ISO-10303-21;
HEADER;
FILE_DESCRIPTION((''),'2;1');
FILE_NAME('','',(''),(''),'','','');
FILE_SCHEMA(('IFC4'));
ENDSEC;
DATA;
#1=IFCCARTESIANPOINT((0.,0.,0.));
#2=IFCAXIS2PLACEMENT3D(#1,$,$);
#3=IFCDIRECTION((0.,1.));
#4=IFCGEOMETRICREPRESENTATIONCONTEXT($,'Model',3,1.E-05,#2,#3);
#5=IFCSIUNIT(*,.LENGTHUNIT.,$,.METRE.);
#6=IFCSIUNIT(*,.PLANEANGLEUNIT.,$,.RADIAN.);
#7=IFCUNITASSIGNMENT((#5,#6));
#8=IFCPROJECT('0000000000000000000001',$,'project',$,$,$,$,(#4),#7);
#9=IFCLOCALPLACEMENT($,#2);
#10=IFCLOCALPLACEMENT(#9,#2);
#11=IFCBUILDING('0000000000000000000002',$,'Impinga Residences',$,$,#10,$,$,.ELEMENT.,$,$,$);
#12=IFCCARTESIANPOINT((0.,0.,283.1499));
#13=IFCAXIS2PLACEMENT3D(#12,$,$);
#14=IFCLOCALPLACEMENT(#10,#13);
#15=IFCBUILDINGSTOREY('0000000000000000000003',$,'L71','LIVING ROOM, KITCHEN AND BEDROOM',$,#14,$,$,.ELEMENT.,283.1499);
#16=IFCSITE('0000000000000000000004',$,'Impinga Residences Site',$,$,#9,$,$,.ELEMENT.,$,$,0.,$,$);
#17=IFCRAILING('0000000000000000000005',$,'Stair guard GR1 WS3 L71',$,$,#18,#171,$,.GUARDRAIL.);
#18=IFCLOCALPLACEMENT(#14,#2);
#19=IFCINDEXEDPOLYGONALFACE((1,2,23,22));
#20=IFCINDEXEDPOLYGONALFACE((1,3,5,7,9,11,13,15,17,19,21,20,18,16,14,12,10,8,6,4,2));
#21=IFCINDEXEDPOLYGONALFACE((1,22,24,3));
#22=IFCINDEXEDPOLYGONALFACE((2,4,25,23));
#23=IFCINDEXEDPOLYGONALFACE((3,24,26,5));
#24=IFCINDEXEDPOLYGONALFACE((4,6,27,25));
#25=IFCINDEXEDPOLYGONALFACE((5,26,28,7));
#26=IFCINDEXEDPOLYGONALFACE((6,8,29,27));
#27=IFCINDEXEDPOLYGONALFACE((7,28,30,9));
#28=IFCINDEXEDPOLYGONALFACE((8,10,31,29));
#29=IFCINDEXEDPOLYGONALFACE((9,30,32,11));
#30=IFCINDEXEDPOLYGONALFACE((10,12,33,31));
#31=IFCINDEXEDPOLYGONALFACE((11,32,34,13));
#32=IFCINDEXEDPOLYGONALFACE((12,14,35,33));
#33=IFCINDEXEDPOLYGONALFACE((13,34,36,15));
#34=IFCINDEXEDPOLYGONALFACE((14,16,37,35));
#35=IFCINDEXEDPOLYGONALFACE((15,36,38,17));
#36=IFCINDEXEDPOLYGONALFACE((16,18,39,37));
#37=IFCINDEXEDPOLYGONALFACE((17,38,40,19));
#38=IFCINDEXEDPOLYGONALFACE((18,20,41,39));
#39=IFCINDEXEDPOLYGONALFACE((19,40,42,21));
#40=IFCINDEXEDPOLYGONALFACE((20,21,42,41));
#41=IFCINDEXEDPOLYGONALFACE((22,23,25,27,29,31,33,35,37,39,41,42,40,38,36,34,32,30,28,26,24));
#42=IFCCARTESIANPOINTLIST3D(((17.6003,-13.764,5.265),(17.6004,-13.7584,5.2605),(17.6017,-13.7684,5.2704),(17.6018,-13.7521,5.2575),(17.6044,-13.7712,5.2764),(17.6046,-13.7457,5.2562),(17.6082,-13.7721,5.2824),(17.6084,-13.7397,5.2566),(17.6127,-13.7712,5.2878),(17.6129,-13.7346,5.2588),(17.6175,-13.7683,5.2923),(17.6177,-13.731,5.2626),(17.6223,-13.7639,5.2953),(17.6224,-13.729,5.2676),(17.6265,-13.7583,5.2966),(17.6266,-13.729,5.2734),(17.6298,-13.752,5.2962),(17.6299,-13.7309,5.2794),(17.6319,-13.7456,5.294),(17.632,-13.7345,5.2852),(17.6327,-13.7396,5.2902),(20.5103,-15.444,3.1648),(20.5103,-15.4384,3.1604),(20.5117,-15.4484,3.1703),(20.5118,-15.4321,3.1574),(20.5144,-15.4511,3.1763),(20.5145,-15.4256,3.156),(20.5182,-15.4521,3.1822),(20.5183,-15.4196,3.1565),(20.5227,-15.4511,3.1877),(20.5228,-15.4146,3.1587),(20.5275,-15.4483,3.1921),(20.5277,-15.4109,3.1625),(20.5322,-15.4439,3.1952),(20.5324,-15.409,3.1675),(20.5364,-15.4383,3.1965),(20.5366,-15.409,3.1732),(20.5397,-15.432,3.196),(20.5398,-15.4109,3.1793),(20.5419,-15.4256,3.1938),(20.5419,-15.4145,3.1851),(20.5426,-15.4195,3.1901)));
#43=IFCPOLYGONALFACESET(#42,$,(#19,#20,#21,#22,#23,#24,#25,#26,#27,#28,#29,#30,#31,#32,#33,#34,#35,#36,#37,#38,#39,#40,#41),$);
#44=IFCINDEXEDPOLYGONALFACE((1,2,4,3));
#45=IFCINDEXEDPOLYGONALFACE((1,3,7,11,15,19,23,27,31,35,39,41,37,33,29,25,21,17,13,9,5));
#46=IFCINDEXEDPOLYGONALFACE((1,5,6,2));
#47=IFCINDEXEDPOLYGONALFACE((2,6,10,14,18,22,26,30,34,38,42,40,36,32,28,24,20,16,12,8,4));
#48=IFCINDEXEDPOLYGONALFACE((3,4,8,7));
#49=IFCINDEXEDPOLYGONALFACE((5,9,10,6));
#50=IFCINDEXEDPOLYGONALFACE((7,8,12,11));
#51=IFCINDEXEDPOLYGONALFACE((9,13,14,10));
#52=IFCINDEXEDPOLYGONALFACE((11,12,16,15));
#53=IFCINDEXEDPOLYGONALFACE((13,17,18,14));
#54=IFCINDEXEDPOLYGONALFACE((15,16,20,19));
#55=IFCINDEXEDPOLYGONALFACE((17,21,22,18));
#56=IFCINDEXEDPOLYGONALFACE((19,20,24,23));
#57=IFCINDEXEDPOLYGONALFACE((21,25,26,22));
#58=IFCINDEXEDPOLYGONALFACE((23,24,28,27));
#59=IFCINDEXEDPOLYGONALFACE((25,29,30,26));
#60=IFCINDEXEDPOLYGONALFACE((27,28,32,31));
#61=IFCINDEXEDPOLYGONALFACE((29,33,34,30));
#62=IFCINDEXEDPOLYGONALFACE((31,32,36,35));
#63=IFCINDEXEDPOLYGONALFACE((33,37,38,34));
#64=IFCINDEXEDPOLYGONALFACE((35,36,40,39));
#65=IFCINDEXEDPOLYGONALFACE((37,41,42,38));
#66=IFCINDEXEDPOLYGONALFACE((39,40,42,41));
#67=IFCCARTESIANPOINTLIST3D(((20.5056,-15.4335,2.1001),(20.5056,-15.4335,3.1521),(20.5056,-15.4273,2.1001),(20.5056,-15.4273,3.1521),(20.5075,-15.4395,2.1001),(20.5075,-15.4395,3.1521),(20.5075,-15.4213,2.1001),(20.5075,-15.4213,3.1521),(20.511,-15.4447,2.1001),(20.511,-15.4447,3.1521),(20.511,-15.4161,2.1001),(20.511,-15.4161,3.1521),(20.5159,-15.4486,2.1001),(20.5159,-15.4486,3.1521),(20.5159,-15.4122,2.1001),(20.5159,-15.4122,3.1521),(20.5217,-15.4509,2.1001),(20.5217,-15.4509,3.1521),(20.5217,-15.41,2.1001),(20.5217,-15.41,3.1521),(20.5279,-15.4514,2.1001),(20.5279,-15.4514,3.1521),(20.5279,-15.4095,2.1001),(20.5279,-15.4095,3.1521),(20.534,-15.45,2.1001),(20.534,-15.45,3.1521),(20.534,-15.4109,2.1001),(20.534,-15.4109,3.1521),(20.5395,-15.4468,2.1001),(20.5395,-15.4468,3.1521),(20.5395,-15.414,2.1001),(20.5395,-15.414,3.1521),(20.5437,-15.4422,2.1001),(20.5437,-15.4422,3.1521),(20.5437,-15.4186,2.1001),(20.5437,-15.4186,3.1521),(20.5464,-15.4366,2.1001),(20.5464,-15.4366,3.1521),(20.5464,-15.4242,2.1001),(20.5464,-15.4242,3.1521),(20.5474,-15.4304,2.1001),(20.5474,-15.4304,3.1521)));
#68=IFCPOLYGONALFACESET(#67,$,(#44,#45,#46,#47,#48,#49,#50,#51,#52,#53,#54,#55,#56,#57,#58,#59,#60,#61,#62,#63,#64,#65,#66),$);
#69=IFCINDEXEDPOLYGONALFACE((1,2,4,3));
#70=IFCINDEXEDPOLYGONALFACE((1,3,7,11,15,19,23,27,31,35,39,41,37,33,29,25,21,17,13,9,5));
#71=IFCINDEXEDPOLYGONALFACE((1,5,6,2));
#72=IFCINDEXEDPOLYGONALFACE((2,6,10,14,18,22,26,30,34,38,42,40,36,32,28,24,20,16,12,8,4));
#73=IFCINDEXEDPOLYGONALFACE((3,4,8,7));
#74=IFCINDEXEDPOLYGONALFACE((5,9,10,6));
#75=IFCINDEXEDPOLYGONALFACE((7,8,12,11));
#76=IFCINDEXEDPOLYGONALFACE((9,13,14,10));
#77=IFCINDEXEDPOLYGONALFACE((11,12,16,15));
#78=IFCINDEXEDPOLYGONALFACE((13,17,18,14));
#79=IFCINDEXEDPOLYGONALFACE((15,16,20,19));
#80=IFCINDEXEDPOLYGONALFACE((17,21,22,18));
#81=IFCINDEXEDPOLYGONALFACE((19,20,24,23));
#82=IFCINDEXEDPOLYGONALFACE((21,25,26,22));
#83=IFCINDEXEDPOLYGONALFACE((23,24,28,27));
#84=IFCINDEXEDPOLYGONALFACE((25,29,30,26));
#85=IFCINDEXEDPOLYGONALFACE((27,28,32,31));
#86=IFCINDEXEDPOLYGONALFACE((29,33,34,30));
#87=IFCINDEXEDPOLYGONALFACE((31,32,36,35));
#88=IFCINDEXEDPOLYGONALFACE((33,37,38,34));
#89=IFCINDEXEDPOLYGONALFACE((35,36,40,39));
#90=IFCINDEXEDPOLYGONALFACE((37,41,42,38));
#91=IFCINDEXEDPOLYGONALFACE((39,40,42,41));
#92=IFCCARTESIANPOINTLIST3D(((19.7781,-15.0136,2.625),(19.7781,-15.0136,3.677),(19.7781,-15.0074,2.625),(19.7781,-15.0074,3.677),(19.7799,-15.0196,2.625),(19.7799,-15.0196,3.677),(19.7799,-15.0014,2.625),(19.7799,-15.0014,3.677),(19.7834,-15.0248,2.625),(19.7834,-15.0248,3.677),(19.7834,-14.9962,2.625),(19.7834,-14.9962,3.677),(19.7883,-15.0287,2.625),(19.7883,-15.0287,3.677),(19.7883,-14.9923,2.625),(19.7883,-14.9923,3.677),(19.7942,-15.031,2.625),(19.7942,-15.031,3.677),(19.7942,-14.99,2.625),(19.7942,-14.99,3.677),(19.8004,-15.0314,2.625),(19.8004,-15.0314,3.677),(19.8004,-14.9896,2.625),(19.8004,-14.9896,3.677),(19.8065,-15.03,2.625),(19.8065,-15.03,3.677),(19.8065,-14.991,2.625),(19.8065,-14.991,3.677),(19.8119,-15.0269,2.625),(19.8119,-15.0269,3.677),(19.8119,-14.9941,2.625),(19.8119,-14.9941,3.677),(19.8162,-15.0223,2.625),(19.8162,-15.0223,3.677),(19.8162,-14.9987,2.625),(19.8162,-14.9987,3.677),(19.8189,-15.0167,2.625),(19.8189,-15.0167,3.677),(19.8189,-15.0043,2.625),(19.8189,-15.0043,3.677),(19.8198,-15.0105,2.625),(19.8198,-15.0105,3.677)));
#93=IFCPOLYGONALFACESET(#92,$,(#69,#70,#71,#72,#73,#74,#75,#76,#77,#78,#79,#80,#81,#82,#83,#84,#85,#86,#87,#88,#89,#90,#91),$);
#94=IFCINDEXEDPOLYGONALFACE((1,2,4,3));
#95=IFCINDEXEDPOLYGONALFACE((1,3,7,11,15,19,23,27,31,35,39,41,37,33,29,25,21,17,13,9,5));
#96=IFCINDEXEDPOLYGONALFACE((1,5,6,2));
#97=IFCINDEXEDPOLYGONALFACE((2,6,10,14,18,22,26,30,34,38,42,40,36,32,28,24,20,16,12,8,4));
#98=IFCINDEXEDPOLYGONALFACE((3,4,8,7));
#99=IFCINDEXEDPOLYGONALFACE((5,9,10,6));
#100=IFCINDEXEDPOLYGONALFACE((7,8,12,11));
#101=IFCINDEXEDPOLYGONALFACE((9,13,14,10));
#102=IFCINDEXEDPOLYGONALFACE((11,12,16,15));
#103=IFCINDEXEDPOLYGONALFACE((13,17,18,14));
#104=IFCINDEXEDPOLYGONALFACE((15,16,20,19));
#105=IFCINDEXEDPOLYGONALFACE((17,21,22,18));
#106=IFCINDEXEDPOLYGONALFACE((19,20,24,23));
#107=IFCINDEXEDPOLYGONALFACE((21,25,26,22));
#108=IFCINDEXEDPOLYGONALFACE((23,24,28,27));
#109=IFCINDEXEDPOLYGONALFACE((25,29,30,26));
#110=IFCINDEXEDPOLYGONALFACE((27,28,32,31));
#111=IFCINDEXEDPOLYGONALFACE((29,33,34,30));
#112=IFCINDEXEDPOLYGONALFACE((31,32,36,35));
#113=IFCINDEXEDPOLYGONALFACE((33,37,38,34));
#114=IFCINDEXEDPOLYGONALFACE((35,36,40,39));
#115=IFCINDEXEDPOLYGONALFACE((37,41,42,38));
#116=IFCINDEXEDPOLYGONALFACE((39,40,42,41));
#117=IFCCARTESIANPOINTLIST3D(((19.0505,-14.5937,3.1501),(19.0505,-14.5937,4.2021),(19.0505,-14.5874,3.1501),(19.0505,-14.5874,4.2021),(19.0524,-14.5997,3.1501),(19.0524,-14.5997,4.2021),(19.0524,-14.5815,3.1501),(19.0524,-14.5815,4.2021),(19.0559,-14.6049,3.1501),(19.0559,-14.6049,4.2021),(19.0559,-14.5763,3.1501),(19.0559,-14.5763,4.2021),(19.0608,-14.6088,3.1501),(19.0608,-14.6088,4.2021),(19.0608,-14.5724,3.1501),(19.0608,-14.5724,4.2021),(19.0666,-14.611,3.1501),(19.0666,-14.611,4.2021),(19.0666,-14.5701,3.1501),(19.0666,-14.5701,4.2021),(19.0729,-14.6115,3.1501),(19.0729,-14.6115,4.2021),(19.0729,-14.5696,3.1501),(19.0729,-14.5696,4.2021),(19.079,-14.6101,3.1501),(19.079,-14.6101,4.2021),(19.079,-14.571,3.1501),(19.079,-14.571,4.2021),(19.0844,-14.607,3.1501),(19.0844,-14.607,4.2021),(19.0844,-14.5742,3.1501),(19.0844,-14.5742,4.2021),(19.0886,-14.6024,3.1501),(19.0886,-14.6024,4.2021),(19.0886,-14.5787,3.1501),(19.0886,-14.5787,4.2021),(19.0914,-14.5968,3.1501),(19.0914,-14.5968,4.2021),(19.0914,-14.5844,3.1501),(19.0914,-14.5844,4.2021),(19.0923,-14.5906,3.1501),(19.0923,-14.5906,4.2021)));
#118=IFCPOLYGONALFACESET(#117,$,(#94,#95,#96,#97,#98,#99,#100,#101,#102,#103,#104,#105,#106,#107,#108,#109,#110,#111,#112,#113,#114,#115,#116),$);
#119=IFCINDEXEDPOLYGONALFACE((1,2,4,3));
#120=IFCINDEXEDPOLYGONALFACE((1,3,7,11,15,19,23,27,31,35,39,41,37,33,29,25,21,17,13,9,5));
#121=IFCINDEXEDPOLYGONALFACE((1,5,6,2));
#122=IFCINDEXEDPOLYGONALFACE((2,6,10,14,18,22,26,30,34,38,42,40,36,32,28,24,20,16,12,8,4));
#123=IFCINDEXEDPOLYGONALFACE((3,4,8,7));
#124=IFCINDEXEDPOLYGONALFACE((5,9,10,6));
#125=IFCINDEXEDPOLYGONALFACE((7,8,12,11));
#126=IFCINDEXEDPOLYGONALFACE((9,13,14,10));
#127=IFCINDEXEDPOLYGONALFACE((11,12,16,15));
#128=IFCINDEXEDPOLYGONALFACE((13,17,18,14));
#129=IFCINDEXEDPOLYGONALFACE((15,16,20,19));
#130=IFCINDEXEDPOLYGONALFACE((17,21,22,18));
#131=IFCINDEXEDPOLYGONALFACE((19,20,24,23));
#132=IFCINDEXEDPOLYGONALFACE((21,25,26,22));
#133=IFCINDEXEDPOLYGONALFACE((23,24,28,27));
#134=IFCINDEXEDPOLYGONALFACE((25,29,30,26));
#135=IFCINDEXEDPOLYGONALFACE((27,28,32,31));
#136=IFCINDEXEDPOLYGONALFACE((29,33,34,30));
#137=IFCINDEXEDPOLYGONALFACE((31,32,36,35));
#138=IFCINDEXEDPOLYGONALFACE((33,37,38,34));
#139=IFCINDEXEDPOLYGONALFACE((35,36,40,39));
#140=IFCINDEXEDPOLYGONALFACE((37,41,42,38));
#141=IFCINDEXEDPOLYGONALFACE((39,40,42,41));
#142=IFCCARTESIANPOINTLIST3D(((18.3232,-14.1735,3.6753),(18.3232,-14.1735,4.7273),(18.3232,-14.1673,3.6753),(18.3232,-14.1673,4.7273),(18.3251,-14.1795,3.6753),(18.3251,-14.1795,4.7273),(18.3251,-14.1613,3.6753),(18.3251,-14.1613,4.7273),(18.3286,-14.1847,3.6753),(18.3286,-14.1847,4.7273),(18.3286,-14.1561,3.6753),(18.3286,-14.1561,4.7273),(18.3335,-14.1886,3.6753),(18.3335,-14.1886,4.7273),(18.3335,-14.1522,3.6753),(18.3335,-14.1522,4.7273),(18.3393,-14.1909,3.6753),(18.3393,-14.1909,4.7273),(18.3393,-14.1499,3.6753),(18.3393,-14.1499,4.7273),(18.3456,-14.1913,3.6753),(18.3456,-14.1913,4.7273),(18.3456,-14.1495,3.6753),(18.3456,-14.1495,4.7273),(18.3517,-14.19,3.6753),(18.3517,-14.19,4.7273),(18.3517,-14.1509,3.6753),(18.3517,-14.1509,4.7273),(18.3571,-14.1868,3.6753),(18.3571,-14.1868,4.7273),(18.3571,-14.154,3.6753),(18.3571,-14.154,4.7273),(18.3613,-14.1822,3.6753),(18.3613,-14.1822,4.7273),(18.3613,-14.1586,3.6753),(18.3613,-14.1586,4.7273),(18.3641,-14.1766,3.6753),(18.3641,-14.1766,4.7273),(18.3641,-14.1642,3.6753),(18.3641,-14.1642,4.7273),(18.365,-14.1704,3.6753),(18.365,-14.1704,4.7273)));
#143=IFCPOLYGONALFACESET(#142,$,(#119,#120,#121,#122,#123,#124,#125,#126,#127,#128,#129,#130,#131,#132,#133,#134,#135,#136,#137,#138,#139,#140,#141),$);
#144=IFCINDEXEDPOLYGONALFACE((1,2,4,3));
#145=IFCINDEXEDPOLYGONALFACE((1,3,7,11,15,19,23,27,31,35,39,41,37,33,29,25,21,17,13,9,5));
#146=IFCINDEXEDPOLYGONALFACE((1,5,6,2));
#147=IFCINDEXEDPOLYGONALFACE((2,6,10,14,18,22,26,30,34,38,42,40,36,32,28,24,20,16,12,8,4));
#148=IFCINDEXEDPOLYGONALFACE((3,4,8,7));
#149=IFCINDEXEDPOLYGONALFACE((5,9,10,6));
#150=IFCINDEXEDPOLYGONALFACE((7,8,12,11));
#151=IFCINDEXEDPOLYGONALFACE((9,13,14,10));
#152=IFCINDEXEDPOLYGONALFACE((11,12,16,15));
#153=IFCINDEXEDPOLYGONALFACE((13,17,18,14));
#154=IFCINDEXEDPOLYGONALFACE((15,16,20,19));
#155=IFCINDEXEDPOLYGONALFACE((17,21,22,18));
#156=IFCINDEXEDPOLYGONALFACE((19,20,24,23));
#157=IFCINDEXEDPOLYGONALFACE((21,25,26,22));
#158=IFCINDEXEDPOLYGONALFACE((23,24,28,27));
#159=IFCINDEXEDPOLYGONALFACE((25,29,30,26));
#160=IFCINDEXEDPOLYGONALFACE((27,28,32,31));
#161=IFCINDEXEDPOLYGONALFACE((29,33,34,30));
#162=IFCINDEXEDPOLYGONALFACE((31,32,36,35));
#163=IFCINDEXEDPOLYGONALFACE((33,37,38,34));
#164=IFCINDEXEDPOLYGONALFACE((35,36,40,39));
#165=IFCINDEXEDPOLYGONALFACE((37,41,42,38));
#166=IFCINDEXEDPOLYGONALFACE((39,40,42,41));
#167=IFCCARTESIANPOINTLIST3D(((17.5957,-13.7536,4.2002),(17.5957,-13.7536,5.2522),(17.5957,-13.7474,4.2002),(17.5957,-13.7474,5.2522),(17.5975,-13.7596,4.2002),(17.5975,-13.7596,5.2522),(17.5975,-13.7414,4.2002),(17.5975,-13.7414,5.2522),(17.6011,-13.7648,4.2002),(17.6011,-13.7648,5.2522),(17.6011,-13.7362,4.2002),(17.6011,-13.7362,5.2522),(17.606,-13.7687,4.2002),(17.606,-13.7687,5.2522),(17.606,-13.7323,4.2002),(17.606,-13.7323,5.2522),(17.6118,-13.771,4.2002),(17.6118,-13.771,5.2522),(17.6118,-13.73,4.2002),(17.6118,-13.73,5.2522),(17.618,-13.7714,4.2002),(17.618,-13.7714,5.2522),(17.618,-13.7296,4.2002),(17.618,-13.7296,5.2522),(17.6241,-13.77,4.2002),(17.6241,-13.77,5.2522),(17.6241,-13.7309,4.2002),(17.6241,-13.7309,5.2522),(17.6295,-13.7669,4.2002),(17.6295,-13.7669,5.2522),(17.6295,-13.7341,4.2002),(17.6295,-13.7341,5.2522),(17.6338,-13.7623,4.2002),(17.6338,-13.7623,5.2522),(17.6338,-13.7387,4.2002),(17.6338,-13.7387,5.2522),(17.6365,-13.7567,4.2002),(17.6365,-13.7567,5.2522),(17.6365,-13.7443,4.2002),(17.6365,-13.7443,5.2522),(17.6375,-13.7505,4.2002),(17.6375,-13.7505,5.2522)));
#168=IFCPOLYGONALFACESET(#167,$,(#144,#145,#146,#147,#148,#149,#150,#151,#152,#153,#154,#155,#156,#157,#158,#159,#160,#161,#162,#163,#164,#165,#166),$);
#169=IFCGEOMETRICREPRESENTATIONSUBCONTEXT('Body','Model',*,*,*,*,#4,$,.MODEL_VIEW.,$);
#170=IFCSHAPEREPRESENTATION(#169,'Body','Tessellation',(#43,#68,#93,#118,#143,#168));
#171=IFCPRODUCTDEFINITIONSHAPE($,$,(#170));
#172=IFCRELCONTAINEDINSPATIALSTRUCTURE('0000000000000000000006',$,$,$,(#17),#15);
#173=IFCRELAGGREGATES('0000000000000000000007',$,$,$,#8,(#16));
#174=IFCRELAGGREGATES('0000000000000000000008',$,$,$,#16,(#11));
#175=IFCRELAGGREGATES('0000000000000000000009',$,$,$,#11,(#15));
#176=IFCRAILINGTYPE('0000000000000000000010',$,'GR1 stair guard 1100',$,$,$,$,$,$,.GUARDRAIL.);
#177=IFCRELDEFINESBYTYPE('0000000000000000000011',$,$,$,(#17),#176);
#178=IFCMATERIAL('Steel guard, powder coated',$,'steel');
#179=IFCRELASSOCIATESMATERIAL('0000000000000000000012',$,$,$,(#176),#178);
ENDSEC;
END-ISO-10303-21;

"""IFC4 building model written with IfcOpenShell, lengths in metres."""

from ifc_helpers import new_model, si_unit, direction, frame, origin, origin_2d, place, context, subcontext, project, spatial, circle, extrude, material, type_object, element, save


model = new_model("IFC4")

# Units and contexts
model_context = context("Model", 3, precision=1e-05, world=origin(), true_north=direction((0.0, 1.0)))
body_context = subcontext(model_context, "Body", "Model", "MODEL_VIEW")
ifc_project = project(units=[si_unit("LENGTHUNIT", "METRE"), si_unit("PLANEANGLEUNIT", "RADIAN")], contexts=[model_context])

# Site, building, storey
site_placement = place(None, origin())
site = spatial("IfcSite", under=ifc_project, at=site_placement, Name="Impinga Residences Site", CompositionType="ELEMENT", RefElevation=0.0)
building_placement = place(site_placement, origin())
building = spatial("IfcBuilding", under=site, at=building_placement, Name="Impinga Residences", CompositionType="ELEMENT")
storey_placement = place(building_placement, frame((0.0, 0.0, 283.1499)))
storey = spatial("IfcBuildingStorey", under=building, at=storey_placement, Name="L71", Description="LIVING ROOM, KITCHEN AND BEDROOM", CompositionType="ELEMENT", Elevation=283.1499)

# Railing
ifc_material_1 = material(Name="Steel guard, powder coated", Category="steel")
railing_type = type_object("IfcRailingType", Name="GR1 stair guard 1100", PredefinedType="GUARDRAIL", material=ifc_material_1)
railing_placement = place(storey_placement, frame((20.5264, -15.4304, 2.1001)))
element("IfcRailing", 1, at=railing_placement, inside=storey, type_object=railing_type, Name="Stair guard GR1 WS3 L71", PredefinedType="GUARDRAIL", context=body_context, shape_type="SweptSolid", body=[
    extrude(circle(Radius=0.0239, at=origin_2d()), frame((0.0, 0.0, 1.0762), z_axis=(-0.734392, 0.423974, 0.530014), x_axis=(-0.499976, -0.866039, 0.0)), (0.0, 0.0, 1.0), 3.9624),
    extrude(circle(Radius=0.021, at=origin_2d()), origin(), (0.0, 0.0, 1.0), 1.052),
    extrude(circle(Radius=0.021, at=origin_2d()), frame((-0.7275, 0.4199, 0.5249)), (0.0, 0.0, 1.0), 1.052),
    extrude(circle(Radius=0.021, at=origin_2d()), frame((-1.4551, 0.8398, 1.05)), (0.0, 0.0, 1.0), 1.052),
    extrude(circle(Radius=0.021, at=origin_2d()), frame((-2.1824, 1.26, 1.5752)), (0.0, 0.0, 1.0), 1.052),
    extrude(circle(Radius=0.021, at=origin_2d()), frame((-2.9099, 1.6799, 2.1001)), (0.0, 0.0, 1.0), 1.052),
])

save(model, "model.ifc")
